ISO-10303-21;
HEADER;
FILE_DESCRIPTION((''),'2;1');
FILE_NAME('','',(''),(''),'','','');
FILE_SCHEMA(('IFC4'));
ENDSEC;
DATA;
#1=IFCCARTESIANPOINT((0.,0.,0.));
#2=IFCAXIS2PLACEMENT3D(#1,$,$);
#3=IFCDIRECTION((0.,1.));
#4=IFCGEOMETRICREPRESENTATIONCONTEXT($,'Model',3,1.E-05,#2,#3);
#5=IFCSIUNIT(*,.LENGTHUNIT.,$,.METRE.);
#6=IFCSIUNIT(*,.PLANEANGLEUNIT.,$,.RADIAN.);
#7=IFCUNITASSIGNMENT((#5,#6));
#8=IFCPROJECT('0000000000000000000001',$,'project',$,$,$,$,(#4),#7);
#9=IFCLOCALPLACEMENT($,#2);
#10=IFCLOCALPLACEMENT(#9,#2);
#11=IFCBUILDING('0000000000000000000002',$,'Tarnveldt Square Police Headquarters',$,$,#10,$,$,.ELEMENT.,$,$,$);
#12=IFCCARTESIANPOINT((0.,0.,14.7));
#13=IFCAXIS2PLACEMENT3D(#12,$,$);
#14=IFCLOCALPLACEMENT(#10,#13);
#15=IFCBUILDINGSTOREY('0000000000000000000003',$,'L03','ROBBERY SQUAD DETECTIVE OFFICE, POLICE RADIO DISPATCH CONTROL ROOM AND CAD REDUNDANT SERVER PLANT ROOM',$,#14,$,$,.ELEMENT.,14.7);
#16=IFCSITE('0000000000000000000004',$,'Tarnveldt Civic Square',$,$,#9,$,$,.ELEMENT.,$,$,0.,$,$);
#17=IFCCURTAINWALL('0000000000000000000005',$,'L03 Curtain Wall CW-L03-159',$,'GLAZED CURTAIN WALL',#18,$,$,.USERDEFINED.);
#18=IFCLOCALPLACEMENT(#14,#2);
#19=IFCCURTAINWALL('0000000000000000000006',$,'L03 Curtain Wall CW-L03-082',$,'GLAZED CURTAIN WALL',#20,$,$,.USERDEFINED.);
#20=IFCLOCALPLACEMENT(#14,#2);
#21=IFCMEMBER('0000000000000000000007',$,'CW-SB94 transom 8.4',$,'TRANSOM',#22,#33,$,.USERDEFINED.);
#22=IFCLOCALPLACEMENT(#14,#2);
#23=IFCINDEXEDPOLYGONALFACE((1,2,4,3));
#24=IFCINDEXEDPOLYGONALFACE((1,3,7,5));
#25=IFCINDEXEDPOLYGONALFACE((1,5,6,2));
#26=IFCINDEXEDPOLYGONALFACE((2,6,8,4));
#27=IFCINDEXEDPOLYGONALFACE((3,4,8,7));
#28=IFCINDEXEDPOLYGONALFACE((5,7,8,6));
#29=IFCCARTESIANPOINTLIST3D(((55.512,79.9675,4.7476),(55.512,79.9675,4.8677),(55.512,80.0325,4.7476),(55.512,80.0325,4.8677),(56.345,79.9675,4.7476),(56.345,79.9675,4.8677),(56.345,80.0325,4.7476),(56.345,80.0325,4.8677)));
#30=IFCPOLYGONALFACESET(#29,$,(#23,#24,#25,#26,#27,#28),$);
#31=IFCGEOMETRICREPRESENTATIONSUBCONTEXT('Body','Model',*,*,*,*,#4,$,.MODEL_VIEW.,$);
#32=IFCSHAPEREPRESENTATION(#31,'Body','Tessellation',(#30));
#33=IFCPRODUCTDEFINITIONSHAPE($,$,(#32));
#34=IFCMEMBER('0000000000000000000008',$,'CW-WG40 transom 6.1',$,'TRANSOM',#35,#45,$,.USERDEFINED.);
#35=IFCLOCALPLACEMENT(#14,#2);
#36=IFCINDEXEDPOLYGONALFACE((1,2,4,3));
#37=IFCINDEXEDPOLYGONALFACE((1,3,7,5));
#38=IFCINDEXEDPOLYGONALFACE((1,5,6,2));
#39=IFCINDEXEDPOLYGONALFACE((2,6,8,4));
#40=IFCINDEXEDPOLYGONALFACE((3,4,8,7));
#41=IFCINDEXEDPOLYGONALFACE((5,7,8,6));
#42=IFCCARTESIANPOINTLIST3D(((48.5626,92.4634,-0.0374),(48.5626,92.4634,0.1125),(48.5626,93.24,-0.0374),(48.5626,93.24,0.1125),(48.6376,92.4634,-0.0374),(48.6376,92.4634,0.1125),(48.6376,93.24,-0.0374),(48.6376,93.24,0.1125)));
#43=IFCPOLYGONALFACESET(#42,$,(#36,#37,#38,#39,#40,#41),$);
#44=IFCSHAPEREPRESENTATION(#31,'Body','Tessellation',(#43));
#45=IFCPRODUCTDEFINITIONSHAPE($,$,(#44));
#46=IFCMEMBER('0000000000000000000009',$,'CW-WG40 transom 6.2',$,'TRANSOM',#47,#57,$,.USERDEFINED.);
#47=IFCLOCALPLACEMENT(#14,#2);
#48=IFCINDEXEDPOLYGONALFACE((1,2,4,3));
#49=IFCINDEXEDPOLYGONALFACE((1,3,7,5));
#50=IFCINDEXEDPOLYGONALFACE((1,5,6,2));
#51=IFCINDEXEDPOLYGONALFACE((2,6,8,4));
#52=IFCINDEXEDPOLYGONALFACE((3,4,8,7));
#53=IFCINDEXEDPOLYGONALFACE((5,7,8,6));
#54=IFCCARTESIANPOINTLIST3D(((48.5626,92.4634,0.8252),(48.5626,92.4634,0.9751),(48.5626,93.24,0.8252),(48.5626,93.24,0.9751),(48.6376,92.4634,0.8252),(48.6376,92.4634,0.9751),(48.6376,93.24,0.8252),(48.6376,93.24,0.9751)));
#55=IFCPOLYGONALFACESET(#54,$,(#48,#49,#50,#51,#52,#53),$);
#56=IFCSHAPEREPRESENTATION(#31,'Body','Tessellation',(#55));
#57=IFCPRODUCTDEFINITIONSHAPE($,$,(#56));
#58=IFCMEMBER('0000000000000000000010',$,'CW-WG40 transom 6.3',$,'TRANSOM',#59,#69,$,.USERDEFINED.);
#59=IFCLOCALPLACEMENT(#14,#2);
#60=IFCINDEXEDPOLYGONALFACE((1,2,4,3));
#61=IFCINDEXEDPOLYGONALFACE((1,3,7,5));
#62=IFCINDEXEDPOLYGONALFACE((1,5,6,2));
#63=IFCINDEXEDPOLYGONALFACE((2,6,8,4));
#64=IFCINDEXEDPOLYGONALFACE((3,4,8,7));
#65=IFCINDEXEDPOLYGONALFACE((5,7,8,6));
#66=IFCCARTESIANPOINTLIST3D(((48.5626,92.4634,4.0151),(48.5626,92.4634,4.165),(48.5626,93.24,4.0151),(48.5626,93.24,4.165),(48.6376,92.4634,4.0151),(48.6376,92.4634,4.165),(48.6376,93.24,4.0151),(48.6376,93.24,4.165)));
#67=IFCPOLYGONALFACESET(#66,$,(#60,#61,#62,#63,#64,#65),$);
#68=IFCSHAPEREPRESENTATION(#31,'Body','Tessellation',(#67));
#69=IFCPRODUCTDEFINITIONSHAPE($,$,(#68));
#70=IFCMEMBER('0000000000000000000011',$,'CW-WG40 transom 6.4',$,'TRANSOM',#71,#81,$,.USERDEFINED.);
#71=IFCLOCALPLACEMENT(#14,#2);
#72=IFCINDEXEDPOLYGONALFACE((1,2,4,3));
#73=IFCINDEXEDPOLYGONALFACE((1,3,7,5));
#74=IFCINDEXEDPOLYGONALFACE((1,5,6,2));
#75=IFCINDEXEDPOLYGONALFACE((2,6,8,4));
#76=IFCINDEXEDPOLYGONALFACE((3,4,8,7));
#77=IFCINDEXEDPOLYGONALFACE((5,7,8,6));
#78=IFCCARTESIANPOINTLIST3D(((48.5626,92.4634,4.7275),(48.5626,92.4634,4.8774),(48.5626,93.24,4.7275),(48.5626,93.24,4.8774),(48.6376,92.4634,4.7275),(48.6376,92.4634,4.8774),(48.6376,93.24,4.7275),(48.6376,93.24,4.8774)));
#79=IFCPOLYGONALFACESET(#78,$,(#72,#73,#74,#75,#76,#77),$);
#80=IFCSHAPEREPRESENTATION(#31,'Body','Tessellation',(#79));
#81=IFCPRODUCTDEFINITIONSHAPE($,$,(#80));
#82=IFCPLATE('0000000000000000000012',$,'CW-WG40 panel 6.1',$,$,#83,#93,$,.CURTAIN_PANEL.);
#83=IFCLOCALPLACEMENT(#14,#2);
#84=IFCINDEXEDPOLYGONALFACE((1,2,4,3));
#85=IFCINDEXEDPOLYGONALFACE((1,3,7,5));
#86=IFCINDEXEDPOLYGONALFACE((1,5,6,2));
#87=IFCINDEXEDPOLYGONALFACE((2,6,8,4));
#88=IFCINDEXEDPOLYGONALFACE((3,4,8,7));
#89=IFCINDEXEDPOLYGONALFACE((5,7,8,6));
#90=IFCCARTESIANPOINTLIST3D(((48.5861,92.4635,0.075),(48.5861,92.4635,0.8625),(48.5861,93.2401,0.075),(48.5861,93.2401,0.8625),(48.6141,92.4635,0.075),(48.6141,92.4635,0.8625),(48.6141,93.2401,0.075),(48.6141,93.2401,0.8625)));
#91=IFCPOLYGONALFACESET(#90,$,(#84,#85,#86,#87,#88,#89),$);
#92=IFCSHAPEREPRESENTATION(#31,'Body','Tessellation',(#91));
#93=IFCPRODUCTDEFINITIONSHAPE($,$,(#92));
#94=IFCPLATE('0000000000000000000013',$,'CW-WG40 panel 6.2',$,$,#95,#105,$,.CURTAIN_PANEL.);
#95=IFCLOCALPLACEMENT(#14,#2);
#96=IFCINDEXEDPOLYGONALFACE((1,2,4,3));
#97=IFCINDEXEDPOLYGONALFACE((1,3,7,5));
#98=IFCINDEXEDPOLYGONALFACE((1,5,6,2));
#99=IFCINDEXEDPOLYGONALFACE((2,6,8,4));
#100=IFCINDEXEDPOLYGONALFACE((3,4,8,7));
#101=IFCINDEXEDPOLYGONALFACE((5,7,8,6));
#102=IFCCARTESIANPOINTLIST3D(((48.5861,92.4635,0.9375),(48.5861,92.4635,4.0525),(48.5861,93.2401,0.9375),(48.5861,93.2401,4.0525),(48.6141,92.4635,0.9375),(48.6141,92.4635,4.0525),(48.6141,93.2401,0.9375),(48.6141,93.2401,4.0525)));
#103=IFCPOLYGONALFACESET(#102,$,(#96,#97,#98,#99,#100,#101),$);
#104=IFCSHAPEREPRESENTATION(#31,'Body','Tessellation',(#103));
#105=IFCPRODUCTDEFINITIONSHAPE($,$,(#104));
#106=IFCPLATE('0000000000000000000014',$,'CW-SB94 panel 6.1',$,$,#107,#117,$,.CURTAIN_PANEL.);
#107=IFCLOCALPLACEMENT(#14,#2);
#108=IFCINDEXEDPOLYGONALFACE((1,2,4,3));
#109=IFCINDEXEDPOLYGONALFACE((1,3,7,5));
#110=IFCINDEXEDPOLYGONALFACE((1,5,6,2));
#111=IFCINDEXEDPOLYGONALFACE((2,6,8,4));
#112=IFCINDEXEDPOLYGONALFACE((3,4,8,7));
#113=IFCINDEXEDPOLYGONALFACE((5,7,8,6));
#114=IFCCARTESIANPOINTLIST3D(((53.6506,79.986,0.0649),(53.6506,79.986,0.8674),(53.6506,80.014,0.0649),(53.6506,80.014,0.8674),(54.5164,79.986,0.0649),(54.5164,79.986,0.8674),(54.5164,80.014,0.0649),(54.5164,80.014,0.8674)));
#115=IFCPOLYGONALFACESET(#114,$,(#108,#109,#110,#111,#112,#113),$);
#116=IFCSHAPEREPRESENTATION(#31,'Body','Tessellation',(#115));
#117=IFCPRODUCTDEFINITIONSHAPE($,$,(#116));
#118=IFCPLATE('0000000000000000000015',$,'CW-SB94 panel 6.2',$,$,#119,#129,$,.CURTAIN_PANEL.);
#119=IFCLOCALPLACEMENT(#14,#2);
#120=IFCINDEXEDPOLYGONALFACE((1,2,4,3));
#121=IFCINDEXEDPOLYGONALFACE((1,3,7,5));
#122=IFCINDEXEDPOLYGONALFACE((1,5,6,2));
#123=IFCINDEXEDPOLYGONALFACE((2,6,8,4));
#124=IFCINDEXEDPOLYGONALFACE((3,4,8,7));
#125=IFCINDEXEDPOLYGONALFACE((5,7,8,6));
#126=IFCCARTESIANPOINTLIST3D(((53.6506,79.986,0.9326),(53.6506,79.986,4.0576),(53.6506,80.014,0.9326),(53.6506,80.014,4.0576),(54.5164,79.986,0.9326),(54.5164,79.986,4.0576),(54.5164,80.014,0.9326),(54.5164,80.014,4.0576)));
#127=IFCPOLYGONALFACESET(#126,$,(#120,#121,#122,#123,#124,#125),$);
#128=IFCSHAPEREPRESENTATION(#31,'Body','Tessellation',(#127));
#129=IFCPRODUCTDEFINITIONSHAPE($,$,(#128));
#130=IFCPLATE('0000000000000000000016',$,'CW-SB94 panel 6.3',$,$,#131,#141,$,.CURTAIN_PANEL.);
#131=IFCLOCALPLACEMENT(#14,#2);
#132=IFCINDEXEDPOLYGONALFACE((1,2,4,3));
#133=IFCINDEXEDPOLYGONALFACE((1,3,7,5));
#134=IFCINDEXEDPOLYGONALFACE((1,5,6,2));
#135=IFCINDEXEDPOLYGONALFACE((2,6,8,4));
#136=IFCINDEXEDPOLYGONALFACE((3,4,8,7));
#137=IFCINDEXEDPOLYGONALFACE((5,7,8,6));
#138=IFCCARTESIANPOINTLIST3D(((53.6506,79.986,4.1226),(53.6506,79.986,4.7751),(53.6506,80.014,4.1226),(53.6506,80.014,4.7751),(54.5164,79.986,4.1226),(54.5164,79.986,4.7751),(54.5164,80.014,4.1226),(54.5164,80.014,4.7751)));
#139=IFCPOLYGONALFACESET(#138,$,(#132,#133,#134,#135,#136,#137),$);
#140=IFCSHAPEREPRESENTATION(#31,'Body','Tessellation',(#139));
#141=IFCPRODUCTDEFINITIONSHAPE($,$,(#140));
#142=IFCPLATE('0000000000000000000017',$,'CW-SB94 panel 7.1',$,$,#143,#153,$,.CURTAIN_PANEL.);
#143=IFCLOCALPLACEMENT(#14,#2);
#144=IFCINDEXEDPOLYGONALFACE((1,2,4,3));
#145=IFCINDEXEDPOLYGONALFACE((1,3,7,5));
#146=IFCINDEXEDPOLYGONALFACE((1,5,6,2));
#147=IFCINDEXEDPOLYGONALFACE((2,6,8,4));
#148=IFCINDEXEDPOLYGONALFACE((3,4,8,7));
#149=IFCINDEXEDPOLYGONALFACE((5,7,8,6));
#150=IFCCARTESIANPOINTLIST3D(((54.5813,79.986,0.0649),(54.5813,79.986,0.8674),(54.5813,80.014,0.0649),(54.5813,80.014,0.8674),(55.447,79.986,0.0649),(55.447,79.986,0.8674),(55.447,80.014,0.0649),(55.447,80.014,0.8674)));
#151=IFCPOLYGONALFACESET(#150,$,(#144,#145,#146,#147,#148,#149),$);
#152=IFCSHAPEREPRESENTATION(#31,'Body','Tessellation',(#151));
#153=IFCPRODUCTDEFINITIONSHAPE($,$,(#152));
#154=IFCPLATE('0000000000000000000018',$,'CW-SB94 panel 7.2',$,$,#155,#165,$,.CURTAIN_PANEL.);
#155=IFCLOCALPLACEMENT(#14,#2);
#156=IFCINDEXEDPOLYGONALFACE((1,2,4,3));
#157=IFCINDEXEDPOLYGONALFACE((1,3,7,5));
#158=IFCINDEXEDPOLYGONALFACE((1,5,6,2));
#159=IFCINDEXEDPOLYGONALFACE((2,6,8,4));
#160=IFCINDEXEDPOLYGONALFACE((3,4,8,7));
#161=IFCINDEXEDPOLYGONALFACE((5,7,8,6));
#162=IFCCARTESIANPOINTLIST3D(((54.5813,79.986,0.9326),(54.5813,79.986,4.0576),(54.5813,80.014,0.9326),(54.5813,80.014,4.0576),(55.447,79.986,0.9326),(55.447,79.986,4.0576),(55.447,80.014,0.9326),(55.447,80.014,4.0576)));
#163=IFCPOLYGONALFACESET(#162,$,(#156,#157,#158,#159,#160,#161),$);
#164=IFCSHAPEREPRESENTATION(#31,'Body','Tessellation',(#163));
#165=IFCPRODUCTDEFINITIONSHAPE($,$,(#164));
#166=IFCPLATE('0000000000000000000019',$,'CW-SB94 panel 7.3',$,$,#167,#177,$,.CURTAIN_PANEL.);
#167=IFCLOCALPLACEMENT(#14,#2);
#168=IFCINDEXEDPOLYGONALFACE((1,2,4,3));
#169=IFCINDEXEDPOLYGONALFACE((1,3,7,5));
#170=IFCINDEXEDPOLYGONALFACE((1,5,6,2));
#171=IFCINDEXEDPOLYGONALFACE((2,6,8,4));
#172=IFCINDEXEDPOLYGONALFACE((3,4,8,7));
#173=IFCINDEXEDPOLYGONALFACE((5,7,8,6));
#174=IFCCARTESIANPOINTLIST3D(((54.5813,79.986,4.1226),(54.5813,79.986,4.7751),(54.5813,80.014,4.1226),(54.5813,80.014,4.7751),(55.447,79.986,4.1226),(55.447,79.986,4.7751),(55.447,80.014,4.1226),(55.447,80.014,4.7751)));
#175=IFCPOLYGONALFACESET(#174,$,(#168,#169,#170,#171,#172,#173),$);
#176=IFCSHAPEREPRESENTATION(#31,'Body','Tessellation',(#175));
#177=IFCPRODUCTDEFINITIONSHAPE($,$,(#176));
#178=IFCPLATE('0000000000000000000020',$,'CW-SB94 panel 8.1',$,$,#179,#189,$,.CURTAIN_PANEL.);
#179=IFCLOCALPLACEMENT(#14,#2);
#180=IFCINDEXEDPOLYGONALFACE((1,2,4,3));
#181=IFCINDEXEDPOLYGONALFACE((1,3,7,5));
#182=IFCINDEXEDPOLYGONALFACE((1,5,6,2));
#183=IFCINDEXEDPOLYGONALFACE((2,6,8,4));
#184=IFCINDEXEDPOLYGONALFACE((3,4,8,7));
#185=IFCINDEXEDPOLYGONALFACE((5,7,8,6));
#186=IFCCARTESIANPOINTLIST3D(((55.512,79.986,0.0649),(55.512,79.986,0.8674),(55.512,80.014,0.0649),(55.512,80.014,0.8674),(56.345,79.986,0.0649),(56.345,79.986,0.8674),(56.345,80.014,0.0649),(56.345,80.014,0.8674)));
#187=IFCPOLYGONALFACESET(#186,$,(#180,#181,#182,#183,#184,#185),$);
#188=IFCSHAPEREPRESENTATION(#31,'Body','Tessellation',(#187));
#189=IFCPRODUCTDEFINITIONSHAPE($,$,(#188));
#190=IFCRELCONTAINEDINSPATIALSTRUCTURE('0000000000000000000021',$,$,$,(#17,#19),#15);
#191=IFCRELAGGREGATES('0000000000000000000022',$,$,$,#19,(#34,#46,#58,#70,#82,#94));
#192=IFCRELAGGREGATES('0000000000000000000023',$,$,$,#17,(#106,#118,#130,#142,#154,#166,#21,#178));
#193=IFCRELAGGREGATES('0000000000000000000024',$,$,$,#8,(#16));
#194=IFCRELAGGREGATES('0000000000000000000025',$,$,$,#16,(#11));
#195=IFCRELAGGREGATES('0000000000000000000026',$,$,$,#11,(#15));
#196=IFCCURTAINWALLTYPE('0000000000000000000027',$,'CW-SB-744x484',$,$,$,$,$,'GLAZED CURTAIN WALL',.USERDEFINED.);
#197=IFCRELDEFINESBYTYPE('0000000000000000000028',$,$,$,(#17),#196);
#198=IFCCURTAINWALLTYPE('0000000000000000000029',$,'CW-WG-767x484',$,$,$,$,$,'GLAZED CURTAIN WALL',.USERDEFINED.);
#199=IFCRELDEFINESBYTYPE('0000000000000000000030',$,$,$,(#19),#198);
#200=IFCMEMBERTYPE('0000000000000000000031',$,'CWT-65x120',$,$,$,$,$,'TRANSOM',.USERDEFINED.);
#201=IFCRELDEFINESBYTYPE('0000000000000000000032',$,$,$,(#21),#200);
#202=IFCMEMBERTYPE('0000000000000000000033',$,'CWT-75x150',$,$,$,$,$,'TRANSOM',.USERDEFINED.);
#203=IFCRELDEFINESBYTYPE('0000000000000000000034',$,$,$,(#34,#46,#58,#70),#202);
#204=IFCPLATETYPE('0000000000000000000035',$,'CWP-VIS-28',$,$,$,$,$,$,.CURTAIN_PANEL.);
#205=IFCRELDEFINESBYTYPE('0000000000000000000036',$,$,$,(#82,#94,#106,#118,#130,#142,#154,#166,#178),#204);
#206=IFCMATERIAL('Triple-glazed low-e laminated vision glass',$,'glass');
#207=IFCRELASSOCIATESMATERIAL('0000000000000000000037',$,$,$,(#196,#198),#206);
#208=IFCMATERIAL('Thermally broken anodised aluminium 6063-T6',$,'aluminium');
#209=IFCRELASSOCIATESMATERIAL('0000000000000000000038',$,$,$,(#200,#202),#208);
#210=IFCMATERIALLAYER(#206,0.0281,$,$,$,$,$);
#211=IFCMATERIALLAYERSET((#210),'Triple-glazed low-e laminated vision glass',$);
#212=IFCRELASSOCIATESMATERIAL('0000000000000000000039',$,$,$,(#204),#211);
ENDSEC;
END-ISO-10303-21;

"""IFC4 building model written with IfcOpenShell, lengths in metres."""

from ifc_helpers import new_model, si_unit, direction, frame, origin, origin_2d, place, context, subcontext, project, spatial, rectangle, extrude, material, layer, layer_set, material_profile, profile_set, type_object, element, aggregate, save


model = new_model("IFC4")

# Units and contexts
model_context = context("Model", 3, precision=1e-05, world=origin(), true_north=direction((0.0, 1.0)))
body_context = subcontext(model_context, "Body", "Model", "MODEL_VIEW")
ifc_project = project(units=[si_unit("LENGTHUNIT", "METRE"), si_unit("PLANEANGLEUNIT", "RADIAN")], contexts=[model_context])

# Site, building, storey
site_placement = place(None, origin())
site = spatial("IfcSite", under=ifc_project, at=site_placement, Name="Tarnveldt Civic Square", CompositionType="ELEMENT", RefElevation=0.0)
building_placement = place(site_placement, origin())
building = spatial("IfcBuilding", under=site, at=building_placement, Name="Tarnveldt Square Police Headquarters", CompositionType="ELEMENT")
storey_placement = place(building_placement, frame((0.0, 0.0, 14.7)))
storey = spatial("IfcBuildingStorey", under=building, at=storey_placement, Name="L03", Description="ROBBERY SQUAD DETECTIVE OFFICE, POLICE RADIO DISPATCH CONTROL ROOM AND CAD REDUNDANT SERVER PLANT ROOM", CompositionType="ELEMENT", Elevation=14.7)

# Curtain wall
ifc_material_1 = material(Name="Triple-glazed low-e laminated vision glass", Category="glass")
curtain_wall_type_1 = type_object("IfcCurtainWallType", Name="CW-SB-744x484", ElementType="GLAZED CURTAIN WALL", PredefinedType="USERDEFINED", material=ifc_material_1)
curtain_wall_1_placement = place(storey_placement, origin())
curtain_wall_1 = element("IfcCurtainWall", 1, at=curtain_wall_1_placement, inside=storey, type_object=curtain_wall_type_1, Name="L03 Curtain Wall CW-L03-159", ObjectType="GLAZED CURTAIN WALL", PredefinedType="USERDEFINED")
ifc_material_2 = material(Name="Thermally broken anodised aluminium 6063-T6", Category="aluminium")

# Curtain wall
curtain_wall_type_2 = type_object("IfcCurtainWallType", Name="CW-WG-767x484", ElementType="GLAZED CURTAIN WALL", PredefinedType="USERDEFINED", material=ifc_material_1)
curtain_wall_2_placement = place(storey_placement, origin())
curtain_wall_2 = element("IfcCurtainWall", 2, at=curtain_wall_2_placement, inside=storey, type_object=curtain_wall_type_2, Name="L03 Curtain Wall CW-L03-082", ObjectType="GLAZED CURTAIN WALL", PredefinedType="USERDEFINED")

# Members
ifc_material_profile_1 = material_profile(ifc_material_2, rectangle(XDim=0.0649, YDim=0.1201, at=origin_2d()), Name="CW-T65x120")
ifc_profile_set_1 = profile_set([ifc_material_profile_1], Name="Thermally broken anodised aluminium 6063-T6")
member_type_1 = type_object("IfcMemberType", Name="CWT-65x120", ElementType="TRANSOM", PredefinedType="USERDEFINED", material=ifc_profile_set_1)
member_1_placement = place(storey_placement, frame((55.512, 80.0, 4.8076), z_axis=(1.0, 0.0, 0.0), x_axis=(0.0, 1.0, 0.0)))
member_1 = element("IfcMember", 3, at=member_1_placement, type_object=member_type_1, Name="CW-SB94 transom 8.4", ObjectType="TRANSOM", PredefinedType="USERDEFINED", context=body_context, shape_type="SweptSolid", body=[
    extrude(rectangle(XDim=0.0649, YDim=0.1201, at=origin_2d()), origin(), (0.0, 0.0, 1.0), 0.833),
])
ifc_material_profile_2 = material_profile(ifc_material_2, rectangle(XDim=0.075, YDim=0.1499, at=origin_2d()), Name="CW-T75x150")
ifc_profile_set_2 = profile_set([ifc_material_profile_2], Name="Thermally broken anodised aluminium 6063-T6")
member_type_2 = type_object("IfcMemberType", Name="CWT-75x150", ElementType="TRANSOM", PredefinedType="USERDEFINED", material=ifc_profile_set_2)
member_2_placement = place(storey_placement, frame((48.6001, 92.4634, 0.0376), z_axis=(0.0, 1.0, 0.0), x_axis=(-1.0, 0.0, 0.0)))
member_2 = element("IfcMember", 4, at=member_2_placement, type_object=member_type_2, Name="CW-WG40 transom 6.1", ObjectType="TRANSOM", PredefinedType="USERDEFINED", context=body_context, shape_type="SweptSolid", body=[
    extrude(rectangle(XDim=0.075, YDim=0.1499, at=origin_2d()), origin(), (0.0, 0.0, 1.0), 0.7766),
])
member_3_placement = place(storey_placement, frame((48.6001, 92.4634, 0.9001), z_axis=(0.0, 1.0, 0.0), x_axis=(-1.0, 0.0, 0.0)))
member_3 = element("IfcMember", 5, at=member_3_placement, type_object=member_type_2, Name="CW-WG40 transom 6.2", ObjectType="TRANSOM", PredefinedType="USERDEFINED", context=body_context, shape_type="SweptSolid", body=[
    extrude(rectangle(XDim=0.075, YDim=0.1499, at=origin_2d()), origin(), (0.0, 0.0, 1.0), 0.7766),
])
member_4_placement = place(storey_placement, frame((48.6001, 92.4634, 4.0901), z_axis=(0.0, 1.0, 0.0), x_axis=(-1.0, 0.0, 0.0)))
member_4 = element("IfcMember", 6, at=member_4_placement, type_object=member_type_2, Name="CW-WG40 transom 6.3", ObjectType="TRANSOM", PredefinedType="USERDEFINED", context=body_context, shape_type="SweptSolid", body=[
    extrude(rectangle(XDim=0.075, YDim=0.1499, at=origin_2d()), origin(), (0.0, 0.0, 1.0), 0.7766),
])
member_5_placement = place(storey_placement, frame((48.6001, 92.4634, 4.8025), z_axis=(0.0, 1.0, 0.0), x_axis=(-1.0, 0.0, 0.0)))
member_5 = element("IfcMember", 7, at=member_5_placement, type_object=member_type_2, Name="CW-WG40 transom 6.4", ObjectType="TRANSOM", PredefinedType="USERDEFINED", context=body_context, shape_type="SweptSolid", body=[
    extrude(rectangle(XDim=0.075, YDim=0.1499, at=origin_2d()), origin(), (0.0, 0.0, 1.0), 0.7766),
])

# Plates
ifc_layer = layer(ifc_material_1, 0.0281)
ifc_layer_set = layer_set([ifc_layer], Name="Triple-glazed low-e laminated vision glass")
plate_type = type_object("IfcPlateType", Name="CWP-VIS-28", PredefinedType="CURTAIN_PANEL", material=ifc_layer_set)
plate_1_placement = place(storey_placement, frame((48.6001, 92.8518, 0.075), z_axis=(0.0, 0.0, 1.0), x_axis=(0.0, 1.0, 0.0)))
plate_1 = element("IfcPlate", 8, at=plate_1_placement, type_object=plate_type, Name="CW-WG40 panel 6.1", PredefinedType="CURTAIN_PANEL", context=body_context, shape_type="SweptSolid", body=[
    extrude(rectangle(XDim=0.7766, YDim=0.0281, at=origin_2d()), origin(), (0.0, 0.0, 1.0), 0.7876),
])
plate_2_placement = place(storey_placement, frame((48.6001, 92.8518, 0.9375), z_axis=(0.0, 0.0, 1.0), x_axis=(0.0, 1.0, 0.0)))
plate_2 = element("IfcPlate", 9, at=plate_2_placement, type_object=plate_type, Name="CW-WG40 panel 6.2", PredefinedType="CURTAIN_PANEL", context=body_context, shape_type="SweptSolid", body=[
    extrude(rectangle(XDim=0.7766, YDim=0.0281, at=origin_2d()), origin(), (0.0, 0.0, 1.0), 3.115),
])
aggregate(curtain_wall_2, [member_2, member_3, member_4, member_5, plate_1, plate_2])
plate_3_placement = place(storey_placement, frame((54.0835, 80.0, 0.0649), z_axis=(0.0, 0.0, 1.0), x_axis=(1.0, 0.0, 0.0)))
plate_3 = element("IfcPlate", 10, at=plate_3_placement, type_object=plate_type, Name="CW-SB94 panel 6.1", PredefinedType="CURTAIN_PANEL", context=body_context, shape_type="SweptSolid", body=[
    extrude(rectangle(XDim=0.8657, YDim=0.0281, at=origin_2d()), origin(), (0.0, 0.0, 1.0), 0.8025),
])
plate_4_placement = place(storey_placement, frame((54.0835, 80.0, 0.9326), z_axis=(0.0, 0.0, 1.0), x_axis=(1.0, 0.0, 0.0)))
plate_4 = element("IfcPlate", 11, at=plate_4_placement, type_object=plate_type, Name="CW-SB94 panel 6.2", PredefinedType="CURTAIN_PANEL", context=body_context, shape_type="SweptSolid", body=[
    extrude(rectangle(XDim=0.8657, YDim=0.0281, at=origin_2d()), origin(), (0.0, 0.0, 1.0), 3.125),
])
plate_5_placement = place(storey_placement, frame((54.0835, 80.0, 4.1226), z_axis=(0.0, 0.0, 1.0), x_axis=(1.0, 0.0, 0.0)))
plate_5 = element("IfcPlate", 12, at=plate_5_placement, type_object=plate_type, Name="CW-SB94 panel 6.3", PredefinedType="CURTAIN_PANEL", context=body_context, shape_type="SweptSolid", body=[
    extrude(rectangle(XDim=0.8657, YDim=0.0281, at=origin_2d()), origin(), (0.0, 0.0, 1.0), 0.6526),
])
plate_6_placement = place(storey_placement, frame((55.0142, 80.0, 0.0649), z_axis=(0.0, 0.0, 1.0), x_axis=(1.0, 0.0, 0.0)))
plate_6 = element("IfcPlate", 13, at=plate_6_placement, type_object=plate_type, Name="CW-SB94 panel 7.1", PredefinedType="CURTAIN_PANEL", context=body_context, shape_type="SweptSolid", body=[
    extrude(rectangle(XDim=0.8657, YDim=0.0281, at=origin_2d()), origin(), (0.0, 0.0, 1.0), 0.8025),
])
plate_7_placement = place(storey_placement, frame((55.0142, 80.0, 0.9326), z_axis=(0.0, 0.0, 1.0), x_axis=(1.0, 0.0, 0.0)))
plate_7 = element("IfcPlate", 14, at=plate_7_placement, type_object=plate_type, Name="CW-SB94 panel 7.2", PredefinedType="CURTAIN_PANEL", context=body_context, shape_type="SweptSolid", body=[
    extrude(rectangle(XDim=0.8657, YDim=0.0281, at=origin_2d()), origin(), (0.0, 0.0, 1.0), 3.125),
])
plate_8_placement = place(storey_placement, frame((55.0142, 80.0, 4.1226), z_axis=(0.0, 0.0, 1.0), x_axis=(1.0, 0.0, 0.0)))
plate_8 = element("IfcPlate", 15, at=plate_8_placement, type_object=plate_type, Name="CW-SB94 panel 7.3", PredefinedType="CURTAIN_PANEL", context=body_context, shape_type="SweptSolid", body=[
    extrude(rectangle(XDim=0.8657, YDim=0.0281, at=origin_2d()), origin(), (0.0, 0.0, 1.0), 0.6526),
])
plate_9_placement = place(storey_placement, frame((55.9285, 80.0, 0.0649), z_axis=(0.0, 0.0, 1.0), x_axis=(1.0, 0.0, 0.0)))
plate_9 = element("IfcPlate", 16, at=plate_9_placement, type_object=plate_type, Name="CW-SB94 panel 8.1", PredefinedType="CURTAIN_PANEL", context=body_context, shape_type="SweptSolid", body=[
    extrude(rectangle(XDim=0.833, YDim=0.0281, at=origin_2d()), origin(), (0.0, 0.0, 1.0), 0.8025),
])
aggregate(curtain_wall_1, [plate_3, plate_4, plate_5, plate_6, plate_7, plate_8, member_1, plate_9])

save(model, "model.ifc")
